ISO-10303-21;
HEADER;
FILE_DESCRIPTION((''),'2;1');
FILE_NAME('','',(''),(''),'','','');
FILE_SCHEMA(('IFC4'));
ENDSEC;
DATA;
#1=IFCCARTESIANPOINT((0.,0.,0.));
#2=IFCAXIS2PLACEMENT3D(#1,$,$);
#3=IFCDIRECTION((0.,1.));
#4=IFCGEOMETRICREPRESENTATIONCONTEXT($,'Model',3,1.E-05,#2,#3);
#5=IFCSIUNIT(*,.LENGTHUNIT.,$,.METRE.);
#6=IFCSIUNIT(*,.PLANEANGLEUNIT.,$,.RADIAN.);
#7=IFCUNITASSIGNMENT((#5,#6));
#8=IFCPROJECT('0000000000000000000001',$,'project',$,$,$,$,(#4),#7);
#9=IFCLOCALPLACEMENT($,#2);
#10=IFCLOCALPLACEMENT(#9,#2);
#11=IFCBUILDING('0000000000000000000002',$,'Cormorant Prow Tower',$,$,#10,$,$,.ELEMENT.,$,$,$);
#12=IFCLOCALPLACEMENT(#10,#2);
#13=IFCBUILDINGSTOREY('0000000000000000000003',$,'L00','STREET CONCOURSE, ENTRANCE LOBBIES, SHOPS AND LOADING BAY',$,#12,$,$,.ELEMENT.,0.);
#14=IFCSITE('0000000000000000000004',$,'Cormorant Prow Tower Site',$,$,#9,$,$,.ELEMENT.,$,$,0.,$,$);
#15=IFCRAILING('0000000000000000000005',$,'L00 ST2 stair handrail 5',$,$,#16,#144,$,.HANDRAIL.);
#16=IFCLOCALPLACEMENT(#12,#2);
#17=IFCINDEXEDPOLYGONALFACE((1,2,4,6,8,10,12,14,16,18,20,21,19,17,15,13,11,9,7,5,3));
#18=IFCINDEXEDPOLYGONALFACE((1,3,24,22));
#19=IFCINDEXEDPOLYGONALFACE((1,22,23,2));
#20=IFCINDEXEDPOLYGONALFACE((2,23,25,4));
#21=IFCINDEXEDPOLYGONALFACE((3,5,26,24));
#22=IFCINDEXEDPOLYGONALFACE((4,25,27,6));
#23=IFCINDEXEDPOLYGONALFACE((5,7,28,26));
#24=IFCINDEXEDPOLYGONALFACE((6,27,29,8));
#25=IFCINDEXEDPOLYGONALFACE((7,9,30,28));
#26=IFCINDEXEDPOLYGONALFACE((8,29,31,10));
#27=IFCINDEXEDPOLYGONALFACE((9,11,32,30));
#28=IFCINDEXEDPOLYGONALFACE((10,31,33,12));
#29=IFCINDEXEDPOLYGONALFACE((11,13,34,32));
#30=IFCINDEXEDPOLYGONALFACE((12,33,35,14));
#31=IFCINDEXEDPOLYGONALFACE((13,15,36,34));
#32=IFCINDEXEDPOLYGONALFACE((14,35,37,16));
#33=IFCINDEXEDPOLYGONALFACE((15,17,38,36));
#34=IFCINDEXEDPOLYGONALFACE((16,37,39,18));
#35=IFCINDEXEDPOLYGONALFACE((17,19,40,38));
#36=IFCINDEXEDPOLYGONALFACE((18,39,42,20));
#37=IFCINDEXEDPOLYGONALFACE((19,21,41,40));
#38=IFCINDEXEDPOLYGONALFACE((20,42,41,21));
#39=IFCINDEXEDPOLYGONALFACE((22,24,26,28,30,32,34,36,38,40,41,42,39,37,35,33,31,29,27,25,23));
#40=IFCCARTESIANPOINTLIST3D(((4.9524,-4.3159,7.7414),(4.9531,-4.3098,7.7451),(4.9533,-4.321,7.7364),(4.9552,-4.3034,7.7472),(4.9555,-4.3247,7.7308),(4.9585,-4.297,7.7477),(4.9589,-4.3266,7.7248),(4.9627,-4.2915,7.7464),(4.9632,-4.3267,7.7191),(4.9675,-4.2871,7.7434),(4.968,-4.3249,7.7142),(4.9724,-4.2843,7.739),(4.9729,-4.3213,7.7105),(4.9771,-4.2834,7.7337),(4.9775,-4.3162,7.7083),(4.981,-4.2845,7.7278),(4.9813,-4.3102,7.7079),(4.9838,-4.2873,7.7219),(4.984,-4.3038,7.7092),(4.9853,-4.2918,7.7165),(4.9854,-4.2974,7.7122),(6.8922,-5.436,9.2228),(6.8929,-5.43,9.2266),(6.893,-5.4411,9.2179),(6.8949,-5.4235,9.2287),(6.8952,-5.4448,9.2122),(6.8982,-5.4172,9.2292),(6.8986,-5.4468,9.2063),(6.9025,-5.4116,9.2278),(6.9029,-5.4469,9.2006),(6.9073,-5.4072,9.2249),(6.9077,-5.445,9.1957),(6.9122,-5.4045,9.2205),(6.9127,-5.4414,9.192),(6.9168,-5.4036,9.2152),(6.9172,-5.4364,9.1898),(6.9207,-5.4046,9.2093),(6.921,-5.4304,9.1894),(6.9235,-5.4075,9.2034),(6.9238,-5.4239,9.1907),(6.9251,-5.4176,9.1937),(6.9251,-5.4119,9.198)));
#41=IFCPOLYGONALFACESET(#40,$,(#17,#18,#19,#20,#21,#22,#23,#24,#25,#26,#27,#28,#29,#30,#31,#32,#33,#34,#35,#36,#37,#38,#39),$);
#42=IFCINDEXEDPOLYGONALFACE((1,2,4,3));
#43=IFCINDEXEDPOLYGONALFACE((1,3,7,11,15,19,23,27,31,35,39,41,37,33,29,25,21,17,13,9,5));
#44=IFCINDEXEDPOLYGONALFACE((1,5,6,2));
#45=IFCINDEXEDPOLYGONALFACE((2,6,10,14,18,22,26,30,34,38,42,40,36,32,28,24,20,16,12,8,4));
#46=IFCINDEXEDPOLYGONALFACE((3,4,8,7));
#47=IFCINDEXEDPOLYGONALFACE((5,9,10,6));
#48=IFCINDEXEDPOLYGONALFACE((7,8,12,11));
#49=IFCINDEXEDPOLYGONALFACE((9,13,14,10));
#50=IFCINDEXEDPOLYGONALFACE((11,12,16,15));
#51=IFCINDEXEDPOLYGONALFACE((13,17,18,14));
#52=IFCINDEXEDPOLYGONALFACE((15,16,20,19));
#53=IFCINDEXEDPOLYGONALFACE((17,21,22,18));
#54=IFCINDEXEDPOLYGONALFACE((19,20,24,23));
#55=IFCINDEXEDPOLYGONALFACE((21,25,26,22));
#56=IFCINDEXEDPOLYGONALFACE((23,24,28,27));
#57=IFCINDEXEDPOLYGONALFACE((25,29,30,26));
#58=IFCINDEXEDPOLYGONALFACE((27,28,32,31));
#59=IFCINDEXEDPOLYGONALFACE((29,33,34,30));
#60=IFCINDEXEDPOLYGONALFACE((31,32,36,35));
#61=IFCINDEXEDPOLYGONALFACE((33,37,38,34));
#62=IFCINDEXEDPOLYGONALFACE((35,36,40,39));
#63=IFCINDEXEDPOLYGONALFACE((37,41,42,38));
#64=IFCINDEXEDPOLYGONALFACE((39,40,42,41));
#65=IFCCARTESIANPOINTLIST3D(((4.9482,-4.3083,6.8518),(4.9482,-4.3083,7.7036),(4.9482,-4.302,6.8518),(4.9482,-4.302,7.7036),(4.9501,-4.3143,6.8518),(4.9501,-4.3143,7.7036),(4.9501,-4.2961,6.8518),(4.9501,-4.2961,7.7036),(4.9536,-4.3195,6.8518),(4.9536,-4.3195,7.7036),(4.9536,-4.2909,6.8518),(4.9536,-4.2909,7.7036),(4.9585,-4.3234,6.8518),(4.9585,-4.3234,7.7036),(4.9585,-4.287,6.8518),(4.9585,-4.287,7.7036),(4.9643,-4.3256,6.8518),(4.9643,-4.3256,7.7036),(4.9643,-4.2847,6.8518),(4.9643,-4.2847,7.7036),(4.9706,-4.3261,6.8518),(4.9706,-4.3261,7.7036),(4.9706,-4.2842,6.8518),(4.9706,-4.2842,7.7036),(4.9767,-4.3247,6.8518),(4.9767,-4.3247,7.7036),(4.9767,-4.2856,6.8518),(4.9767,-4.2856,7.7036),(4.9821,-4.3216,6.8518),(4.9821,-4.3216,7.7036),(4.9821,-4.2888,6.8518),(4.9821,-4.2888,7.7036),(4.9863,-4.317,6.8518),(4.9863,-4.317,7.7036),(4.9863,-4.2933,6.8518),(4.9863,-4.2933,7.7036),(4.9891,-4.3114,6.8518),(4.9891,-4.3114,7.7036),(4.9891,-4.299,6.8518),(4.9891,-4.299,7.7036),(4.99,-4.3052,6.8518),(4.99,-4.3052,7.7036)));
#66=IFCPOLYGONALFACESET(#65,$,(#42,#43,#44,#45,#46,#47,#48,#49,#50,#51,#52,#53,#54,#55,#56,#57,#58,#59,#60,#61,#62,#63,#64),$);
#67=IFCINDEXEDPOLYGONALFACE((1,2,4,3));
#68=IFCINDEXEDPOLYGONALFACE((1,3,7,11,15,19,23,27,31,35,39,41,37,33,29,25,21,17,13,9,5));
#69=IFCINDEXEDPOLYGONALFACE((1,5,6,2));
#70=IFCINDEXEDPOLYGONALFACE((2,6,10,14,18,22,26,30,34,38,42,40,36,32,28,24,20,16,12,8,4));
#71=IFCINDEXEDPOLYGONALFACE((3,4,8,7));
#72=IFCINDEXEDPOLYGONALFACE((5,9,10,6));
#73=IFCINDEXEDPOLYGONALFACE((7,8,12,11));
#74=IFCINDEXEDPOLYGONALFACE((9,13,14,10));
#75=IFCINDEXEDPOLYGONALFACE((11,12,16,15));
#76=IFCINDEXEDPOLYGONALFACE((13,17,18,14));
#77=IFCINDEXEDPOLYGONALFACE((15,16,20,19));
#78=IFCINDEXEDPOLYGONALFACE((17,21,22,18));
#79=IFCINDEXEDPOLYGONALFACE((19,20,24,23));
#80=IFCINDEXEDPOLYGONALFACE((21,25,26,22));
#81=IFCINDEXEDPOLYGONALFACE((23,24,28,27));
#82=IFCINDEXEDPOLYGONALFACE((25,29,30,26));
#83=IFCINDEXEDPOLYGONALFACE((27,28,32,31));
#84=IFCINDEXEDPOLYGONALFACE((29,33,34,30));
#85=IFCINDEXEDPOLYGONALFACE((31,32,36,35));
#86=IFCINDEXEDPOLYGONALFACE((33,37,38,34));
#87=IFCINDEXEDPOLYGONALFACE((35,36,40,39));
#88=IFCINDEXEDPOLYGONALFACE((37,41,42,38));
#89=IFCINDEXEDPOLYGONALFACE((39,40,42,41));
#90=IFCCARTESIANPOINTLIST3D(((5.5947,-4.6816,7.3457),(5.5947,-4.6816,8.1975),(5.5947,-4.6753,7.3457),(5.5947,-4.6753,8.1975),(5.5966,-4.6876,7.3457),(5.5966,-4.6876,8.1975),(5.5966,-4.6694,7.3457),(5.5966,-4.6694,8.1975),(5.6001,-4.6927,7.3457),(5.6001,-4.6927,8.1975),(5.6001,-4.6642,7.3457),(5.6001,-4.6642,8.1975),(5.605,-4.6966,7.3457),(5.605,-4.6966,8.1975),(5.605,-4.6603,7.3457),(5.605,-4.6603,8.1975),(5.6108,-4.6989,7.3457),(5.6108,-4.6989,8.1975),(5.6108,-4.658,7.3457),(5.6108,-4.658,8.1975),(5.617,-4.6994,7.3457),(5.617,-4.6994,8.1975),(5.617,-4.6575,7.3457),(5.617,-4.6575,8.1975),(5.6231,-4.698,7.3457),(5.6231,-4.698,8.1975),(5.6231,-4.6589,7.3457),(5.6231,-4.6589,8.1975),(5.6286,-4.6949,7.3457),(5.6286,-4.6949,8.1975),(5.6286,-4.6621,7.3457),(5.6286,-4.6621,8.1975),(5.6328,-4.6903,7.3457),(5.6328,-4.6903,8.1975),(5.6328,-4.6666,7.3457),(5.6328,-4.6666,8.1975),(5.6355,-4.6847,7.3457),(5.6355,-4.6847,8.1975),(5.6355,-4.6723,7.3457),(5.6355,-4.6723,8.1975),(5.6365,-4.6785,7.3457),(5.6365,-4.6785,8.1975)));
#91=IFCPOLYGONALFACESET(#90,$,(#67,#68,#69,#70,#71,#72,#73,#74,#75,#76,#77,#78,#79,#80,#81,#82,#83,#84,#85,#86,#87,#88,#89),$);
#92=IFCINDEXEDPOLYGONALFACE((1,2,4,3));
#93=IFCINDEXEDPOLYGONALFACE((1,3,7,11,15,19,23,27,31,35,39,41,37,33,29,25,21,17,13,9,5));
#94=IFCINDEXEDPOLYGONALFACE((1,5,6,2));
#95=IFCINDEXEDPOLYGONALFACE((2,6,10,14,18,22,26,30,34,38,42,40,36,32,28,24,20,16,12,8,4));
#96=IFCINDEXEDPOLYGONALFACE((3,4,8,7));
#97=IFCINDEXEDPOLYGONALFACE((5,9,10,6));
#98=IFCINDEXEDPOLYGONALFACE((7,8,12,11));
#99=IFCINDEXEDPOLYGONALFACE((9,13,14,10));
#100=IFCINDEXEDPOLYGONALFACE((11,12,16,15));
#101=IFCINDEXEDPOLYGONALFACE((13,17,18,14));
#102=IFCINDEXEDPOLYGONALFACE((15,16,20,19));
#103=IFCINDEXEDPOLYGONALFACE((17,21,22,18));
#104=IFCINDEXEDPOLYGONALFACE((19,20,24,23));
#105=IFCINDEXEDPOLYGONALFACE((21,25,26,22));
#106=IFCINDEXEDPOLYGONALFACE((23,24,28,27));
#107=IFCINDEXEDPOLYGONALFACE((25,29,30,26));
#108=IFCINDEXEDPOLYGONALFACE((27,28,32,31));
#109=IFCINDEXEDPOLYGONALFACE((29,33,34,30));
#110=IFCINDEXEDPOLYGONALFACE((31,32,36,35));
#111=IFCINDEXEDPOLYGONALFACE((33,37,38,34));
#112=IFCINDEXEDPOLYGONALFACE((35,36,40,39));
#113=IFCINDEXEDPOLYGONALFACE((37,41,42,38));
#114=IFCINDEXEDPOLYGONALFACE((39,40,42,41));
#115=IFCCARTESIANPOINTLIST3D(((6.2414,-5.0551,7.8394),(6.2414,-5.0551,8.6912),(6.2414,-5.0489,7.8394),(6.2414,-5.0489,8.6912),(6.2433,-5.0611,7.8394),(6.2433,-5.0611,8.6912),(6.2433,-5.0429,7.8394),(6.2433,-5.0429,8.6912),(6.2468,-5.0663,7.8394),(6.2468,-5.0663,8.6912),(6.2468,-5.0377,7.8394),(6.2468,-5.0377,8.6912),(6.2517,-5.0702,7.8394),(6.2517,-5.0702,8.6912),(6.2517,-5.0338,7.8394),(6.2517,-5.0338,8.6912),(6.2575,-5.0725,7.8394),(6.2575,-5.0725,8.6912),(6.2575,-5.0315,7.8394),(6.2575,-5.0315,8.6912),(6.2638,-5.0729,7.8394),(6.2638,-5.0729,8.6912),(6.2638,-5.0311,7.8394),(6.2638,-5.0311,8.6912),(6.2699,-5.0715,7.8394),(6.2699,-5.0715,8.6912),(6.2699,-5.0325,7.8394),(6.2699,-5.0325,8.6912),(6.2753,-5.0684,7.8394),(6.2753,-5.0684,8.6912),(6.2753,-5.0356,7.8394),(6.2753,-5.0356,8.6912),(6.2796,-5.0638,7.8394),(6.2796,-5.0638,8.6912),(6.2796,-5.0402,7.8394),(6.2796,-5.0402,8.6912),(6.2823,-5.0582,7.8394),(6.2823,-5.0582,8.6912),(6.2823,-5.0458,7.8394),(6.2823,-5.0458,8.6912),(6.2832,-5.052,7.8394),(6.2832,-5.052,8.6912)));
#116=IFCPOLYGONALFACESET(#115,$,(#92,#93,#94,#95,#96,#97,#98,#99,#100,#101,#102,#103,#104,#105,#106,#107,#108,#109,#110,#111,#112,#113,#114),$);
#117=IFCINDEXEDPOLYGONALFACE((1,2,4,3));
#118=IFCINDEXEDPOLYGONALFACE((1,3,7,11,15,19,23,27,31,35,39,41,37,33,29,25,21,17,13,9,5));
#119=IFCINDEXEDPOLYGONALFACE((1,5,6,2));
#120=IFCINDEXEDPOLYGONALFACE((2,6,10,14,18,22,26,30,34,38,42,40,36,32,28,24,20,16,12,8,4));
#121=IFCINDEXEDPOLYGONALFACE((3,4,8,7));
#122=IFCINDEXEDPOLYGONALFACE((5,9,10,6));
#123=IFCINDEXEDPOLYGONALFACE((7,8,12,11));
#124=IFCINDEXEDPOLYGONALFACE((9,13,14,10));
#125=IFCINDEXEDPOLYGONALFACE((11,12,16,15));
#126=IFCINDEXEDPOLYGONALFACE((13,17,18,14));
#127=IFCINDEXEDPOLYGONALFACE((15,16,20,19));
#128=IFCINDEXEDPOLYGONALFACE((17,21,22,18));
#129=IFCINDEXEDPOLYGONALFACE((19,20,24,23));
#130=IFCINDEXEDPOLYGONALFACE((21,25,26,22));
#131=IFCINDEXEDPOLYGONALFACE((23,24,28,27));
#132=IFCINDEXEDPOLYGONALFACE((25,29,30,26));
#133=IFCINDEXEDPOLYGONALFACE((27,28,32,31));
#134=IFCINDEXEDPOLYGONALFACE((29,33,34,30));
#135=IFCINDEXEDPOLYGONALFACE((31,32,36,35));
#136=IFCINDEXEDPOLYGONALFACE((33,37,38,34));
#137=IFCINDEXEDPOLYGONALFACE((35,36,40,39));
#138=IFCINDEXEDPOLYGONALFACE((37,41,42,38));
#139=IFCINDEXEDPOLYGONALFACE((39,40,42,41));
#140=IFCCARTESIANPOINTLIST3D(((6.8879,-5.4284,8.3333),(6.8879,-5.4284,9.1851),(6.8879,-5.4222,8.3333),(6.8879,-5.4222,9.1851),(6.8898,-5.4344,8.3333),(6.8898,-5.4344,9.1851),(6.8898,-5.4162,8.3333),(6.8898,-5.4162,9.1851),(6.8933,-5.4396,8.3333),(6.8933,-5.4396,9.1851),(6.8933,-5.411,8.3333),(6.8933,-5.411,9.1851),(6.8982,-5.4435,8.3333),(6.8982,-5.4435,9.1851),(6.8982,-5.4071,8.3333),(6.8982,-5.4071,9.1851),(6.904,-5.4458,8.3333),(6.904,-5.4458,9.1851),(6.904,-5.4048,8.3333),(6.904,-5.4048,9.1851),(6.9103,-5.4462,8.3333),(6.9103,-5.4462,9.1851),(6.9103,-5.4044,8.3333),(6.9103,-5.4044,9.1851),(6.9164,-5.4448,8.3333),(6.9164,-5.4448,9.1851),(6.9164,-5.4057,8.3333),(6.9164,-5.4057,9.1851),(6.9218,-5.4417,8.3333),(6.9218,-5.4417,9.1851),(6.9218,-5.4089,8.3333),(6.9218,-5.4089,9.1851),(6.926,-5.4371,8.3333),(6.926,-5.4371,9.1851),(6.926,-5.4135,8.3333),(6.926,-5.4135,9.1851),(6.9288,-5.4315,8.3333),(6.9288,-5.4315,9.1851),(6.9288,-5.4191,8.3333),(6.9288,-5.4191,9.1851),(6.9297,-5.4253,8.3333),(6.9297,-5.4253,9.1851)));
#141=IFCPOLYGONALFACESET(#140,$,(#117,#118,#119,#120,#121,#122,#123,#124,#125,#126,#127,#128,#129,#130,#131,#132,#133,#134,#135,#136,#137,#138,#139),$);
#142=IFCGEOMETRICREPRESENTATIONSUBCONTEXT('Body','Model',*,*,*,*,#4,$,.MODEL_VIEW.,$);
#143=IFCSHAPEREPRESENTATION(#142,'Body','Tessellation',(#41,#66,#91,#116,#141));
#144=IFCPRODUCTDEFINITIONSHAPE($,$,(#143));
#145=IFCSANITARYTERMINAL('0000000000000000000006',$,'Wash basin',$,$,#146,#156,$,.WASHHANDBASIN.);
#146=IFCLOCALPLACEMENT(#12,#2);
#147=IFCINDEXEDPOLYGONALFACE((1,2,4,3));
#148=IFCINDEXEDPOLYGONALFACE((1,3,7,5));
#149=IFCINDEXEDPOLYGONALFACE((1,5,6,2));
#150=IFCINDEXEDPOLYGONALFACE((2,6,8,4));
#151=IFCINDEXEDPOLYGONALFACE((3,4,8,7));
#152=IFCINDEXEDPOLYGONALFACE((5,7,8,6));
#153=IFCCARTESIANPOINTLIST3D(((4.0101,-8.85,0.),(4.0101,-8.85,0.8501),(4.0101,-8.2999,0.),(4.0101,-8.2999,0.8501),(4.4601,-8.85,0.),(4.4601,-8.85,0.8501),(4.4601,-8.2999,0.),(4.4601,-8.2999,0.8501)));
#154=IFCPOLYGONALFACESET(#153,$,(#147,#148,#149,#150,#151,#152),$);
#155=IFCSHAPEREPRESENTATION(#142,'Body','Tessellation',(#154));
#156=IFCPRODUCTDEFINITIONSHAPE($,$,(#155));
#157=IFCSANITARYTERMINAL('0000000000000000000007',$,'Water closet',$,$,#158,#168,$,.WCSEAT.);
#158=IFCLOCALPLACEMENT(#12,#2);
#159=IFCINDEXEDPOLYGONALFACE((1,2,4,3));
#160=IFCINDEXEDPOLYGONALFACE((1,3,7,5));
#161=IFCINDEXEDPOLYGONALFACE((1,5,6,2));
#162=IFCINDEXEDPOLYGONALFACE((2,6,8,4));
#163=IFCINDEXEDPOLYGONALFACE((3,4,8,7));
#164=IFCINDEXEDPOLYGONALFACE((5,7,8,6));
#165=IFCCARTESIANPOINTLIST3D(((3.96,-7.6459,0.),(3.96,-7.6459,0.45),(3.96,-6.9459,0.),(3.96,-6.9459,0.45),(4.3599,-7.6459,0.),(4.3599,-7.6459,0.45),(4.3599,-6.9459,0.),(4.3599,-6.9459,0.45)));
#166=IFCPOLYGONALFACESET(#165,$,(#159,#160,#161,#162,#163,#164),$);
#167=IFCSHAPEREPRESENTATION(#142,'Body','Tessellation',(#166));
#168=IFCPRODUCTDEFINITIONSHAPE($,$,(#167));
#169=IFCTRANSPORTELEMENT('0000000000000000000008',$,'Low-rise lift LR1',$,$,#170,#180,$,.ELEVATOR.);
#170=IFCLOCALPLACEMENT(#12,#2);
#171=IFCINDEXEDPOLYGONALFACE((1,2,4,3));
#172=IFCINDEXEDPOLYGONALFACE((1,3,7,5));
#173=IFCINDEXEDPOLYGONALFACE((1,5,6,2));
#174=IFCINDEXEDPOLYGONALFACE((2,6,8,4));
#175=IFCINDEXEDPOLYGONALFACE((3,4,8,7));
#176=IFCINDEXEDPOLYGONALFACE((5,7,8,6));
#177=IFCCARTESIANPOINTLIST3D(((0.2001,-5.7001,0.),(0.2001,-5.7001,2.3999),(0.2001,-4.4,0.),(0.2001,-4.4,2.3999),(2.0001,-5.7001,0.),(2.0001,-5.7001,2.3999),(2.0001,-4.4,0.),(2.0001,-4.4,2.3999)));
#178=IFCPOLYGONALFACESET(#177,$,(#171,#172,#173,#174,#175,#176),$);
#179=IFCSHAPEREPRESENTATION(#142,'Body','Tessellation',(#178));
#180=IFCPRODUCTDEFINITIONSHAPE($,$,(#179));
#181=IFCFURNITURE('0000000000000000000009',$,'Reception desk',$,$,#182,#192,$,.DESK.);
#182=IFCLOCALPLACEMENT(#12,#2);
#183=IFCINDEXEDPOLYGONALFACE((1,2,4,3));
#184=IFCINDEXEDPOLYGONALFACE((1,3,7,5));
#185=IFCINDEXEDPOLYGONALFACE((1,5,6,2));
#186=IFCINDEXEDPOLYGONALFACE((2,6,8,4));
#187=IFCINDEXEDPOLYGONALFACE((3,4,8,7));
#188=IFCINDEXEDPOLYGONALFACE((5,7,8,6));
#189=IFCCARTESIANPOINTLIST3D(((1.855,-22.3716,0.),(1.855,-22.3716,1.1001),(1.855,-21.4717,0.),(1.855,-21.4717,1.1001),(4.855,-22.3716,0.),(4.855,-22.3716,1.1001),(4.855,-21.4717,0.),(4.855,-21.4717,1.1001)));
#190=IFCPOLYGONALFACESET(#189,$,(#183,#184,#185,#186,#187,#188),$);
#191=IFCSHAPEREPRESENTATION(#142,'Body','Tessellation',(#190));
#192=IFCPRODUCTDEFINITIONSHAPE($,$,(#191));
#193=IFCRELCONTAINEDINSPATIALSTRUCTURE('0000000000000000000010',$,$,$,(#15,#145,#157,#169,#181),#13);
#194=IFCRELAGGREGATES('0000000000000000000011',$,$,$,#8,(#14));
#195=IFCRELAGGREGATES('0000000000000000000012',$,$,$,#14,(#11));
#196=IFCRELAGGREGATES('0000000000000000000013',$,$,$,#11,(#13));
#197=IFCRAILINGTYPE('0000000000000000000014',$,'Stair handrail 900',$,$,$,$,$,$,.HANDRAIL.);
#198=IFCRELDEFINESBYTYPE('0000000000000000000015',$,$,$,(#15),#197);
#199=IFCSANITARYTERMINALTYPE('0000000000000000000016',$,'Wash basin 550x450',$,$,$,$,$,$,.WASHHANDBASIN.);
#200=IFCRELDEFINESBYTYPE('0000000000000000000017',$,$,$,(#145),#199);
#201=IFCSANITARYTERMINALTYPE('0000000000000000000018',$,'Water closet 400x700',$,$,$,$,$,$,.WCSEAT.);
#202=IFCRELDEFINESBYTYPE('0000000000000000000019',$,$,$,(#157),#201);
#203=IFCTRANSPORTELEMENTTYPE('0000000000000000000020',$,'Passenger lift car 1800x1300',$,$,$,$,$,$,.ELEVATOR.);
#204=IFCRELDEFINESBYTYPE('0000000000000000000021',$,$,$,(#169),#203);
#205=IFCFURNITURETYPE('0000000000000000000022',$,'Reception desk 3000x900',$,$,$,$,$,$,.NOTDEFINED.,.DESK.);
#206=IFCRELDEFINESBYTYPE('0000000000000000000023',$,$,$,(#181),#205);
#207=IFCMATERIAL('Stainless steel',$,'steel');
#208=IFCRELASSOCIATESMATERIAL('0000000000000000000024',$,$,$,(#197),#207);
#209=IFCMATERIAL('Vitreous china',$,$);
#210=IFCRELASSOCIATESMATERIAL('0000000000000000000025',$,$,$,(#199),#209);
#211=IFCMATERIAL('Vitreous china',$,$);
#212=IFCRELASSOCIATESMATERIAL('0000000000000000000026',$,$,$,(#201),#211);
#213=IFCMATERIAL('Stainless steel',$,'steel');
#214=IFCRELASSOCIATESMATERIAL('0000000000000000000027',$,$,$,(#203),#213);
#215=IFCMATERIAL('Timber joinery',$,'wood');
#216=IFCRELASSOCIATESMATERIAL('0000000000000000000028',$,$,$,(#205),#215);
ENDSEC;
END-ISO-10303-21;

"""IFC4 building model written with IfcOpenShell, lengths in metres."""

from ifc_helpers import new_model, si_unit, direction, frame, origin, origin_2d, place, context, subcontext, project, spatial, rectangle, circle, extrude, material, type_object, element, save


model = new_model("IFC4")

# Units and contexts
model_context = context("Model", 3, precision=1e-05, world=origin(), true_north=direction((0.0, 1.0)))
body_context = subcontext(model_context, "Body", "Model", "MODEL_VIEW")
ifc_project = project(units=[si_unit("LENGTHUNIT", "METRE"), si_unit("PLANEANGLEUNIT", "RADIAN")], contexts=[model_context])

# Site, building, storey
site_placement = place(None, origin())
site = spatial("IfcSite", under=ifc_project, at=site_placement, Name="Cormorant Prow Tower Site", CompositionType="ELEMENT", RefElevation=0.0)
building_placement = place(site_placement, origin())
building = spatial("IfcBuilding", under=site, at=building_placement, Name="Cormorant Prow Tower", CompositionType="ELEMENT")
storey_placement = place(building_placement, origin())
storey = spatial("IfcBuildingStorey", under=building, at=storey_placement, Name="L00", Description="STREET CONCOURSE, ENTRANCE LOBBIES, SHOPS AND LOADING BAY", CompositionType="ELEMENT", Elevation=0.0)

# Railing
ifc_material_1 = material(Name="Stainless steel", Category="steel")
railing_type_1 = type_object("IfcRailingType", Name="Stair handrail 900", PredefinedType="HANDRAIL", material=ifc_material_1)
for number, where, name in (
    (1, (4.969, -4.3052, 6.8518), "L00 ST2 stair handrail 5"),
):
    element("IfcRailing", number, at=place(storey_placement, frame(where)), inside=storey, type_object=railing_type_1, Name=name, PredefinedType="HANDRAIL", context=body_context, shape_type="SweptSolid", body=[
        extrude(circle(Radius=0.0239, at=origin_2d()), frame((0.0, 0.0, 0.876), z_axis=(0.722292, -0.417102, 0.551651), x_axis=(0.500078, 0.86598, 0.0)), (0.0, 0.0, 1.0), 2.6855),
        extrude(circle(Radius=0.021, at=origin_2d()), origin(), (0.0, 0.0, 1.0), 0.8518),
        extrude(circle(Radius=0.021, at=origin_2d()), frame((0.6465, -0.3733, 0.4939)), (0.0, 0.0, 1.0), 0.8518),
        extrude(circle(Radius=0.021, at=origin_2d()), frame((1.2932, -0.7468, 0.9875)), (0.0, 0.0, 1.0), 0.8518),
        extrude(circle(Radius=0.021, at=origin_2d()), frame((1.9397, -1.1201, 1.4814)), (0.0, 0.0, 1.0), 0.8518),
    ])

# Sanitary terminals
ifc_material_2 = material(Name="Vitreous china")
sanitary_terminal_type_1 = type_object("IfcSanitaryTerminalType", Name="Wash basin 550x450", PredefinedType="WASHHANDBASIN", material=ifc_material_2)
sanitary_terminal_1_placement = place(storey_placement, frame((4.2351, -8.575, 0.0), z_axis=(0.0, 0.0, 1.0), x_axis=(0.0, 1.0, 0.0)))
element("IfcSanitaryTerminal", 2, at=sanitary_terminal_1_placement, inside=storey, type_object=sanitary_terminal_type_1, Name="Wash basin", PredefinedType="WASHHANDBASIN", context=body_context, shape_type="SweptSolid", body=[
    extrude(rectangle(XDim=0.55, YDim=0.45, at=origin_2d()), origin(), (0.0, 0.0, 1.0), 0.8501),
])
ifc_material_3 = material(Name="Vitreous china")
sanitary_terminal_type_2 = type_object("IfcSanitaryTerminalType", Name="Water closet 400x700", PredefinedType="WCSEAT", material=ifc_material_3)
sanitary_terminal_2_placement = place(storey_placement, frame((4.1599, -7.2959, 0.0), z_axis=(0.0, 0.0, 1.0), x_axis=(-1.0, 0.0, 0.0)))
element("IfcSanitaryTerminal", 3, at=sanitary_terminal_2_placement, inside=storey, type_object=sanitary_terminal_type_2, Name="Water closet", PredefinedType="WCSEAT", context=body_context, shape_type="SweptSolid", body=[
    extrude(rectangle(XDim=0.3999, YDim=0.7, at=origin_2d()), origin(), (0.0, 0.0, 1.0), 0.45),
])

# Transport element
ifc_material_4 = material(Name="Stainless steel", Category="steel")
transport_element_type = type_object("IfcTransportElementType", Name="Passenger lift car 1800x1300", PredefinedType="ELEVATOR", material=ifc_material_4)
transport_element_placement = place(storey_placement, frame((1.1001, -5.05, 0.0), z_axis=(0.0, 0.0, 1.0), x_axis=(1.0, 0.0, 0.0)))
element("IfcTransportElement", 4, at=transport_element_placement, inside=storey, type_object=transport_element_type, Name="Low-rise lift LR1", PredefinedType="ELEVATOR", context=body_context, shape_type="SweptSolid", body=[
    extrude(rectangle(XDim=1.8, YDim=1.3, at=origin_2d()), origin(), (0.0, 0.0, 1.0), 2.3999),
])

# Furniture
ifc_material_5 = material(Name="Timber joinery", Category="wood")
furniture_type = type_object("IfcFurnitureType", Name="Reception desk 3000x900", AssemblyPlace="NOTDEFINED", PredefinedType="DESK", material=ifc_material_5)
furniture_placement = place(storey_placement, frame((3.355, -21.9216, 0.0), z_axis=(0.0, 0.0, 1.0), x_axis=(-1.0, 0.0, 0.0)))
element("IfcFurniture", 5, at=furniture_placement, inside=storey, type_object=furniture_type, Name="Reception desk", PredefinedType="DESK", context=body_context, shape_type="SweptSolid", body=[
    extrude(rectangle(XDim=3.0, YDim=0.8999, at=origin_2d()), origin(), (0.0, 0.0, 1.0), 1.1001),
])

save(model, "model.ifc")
